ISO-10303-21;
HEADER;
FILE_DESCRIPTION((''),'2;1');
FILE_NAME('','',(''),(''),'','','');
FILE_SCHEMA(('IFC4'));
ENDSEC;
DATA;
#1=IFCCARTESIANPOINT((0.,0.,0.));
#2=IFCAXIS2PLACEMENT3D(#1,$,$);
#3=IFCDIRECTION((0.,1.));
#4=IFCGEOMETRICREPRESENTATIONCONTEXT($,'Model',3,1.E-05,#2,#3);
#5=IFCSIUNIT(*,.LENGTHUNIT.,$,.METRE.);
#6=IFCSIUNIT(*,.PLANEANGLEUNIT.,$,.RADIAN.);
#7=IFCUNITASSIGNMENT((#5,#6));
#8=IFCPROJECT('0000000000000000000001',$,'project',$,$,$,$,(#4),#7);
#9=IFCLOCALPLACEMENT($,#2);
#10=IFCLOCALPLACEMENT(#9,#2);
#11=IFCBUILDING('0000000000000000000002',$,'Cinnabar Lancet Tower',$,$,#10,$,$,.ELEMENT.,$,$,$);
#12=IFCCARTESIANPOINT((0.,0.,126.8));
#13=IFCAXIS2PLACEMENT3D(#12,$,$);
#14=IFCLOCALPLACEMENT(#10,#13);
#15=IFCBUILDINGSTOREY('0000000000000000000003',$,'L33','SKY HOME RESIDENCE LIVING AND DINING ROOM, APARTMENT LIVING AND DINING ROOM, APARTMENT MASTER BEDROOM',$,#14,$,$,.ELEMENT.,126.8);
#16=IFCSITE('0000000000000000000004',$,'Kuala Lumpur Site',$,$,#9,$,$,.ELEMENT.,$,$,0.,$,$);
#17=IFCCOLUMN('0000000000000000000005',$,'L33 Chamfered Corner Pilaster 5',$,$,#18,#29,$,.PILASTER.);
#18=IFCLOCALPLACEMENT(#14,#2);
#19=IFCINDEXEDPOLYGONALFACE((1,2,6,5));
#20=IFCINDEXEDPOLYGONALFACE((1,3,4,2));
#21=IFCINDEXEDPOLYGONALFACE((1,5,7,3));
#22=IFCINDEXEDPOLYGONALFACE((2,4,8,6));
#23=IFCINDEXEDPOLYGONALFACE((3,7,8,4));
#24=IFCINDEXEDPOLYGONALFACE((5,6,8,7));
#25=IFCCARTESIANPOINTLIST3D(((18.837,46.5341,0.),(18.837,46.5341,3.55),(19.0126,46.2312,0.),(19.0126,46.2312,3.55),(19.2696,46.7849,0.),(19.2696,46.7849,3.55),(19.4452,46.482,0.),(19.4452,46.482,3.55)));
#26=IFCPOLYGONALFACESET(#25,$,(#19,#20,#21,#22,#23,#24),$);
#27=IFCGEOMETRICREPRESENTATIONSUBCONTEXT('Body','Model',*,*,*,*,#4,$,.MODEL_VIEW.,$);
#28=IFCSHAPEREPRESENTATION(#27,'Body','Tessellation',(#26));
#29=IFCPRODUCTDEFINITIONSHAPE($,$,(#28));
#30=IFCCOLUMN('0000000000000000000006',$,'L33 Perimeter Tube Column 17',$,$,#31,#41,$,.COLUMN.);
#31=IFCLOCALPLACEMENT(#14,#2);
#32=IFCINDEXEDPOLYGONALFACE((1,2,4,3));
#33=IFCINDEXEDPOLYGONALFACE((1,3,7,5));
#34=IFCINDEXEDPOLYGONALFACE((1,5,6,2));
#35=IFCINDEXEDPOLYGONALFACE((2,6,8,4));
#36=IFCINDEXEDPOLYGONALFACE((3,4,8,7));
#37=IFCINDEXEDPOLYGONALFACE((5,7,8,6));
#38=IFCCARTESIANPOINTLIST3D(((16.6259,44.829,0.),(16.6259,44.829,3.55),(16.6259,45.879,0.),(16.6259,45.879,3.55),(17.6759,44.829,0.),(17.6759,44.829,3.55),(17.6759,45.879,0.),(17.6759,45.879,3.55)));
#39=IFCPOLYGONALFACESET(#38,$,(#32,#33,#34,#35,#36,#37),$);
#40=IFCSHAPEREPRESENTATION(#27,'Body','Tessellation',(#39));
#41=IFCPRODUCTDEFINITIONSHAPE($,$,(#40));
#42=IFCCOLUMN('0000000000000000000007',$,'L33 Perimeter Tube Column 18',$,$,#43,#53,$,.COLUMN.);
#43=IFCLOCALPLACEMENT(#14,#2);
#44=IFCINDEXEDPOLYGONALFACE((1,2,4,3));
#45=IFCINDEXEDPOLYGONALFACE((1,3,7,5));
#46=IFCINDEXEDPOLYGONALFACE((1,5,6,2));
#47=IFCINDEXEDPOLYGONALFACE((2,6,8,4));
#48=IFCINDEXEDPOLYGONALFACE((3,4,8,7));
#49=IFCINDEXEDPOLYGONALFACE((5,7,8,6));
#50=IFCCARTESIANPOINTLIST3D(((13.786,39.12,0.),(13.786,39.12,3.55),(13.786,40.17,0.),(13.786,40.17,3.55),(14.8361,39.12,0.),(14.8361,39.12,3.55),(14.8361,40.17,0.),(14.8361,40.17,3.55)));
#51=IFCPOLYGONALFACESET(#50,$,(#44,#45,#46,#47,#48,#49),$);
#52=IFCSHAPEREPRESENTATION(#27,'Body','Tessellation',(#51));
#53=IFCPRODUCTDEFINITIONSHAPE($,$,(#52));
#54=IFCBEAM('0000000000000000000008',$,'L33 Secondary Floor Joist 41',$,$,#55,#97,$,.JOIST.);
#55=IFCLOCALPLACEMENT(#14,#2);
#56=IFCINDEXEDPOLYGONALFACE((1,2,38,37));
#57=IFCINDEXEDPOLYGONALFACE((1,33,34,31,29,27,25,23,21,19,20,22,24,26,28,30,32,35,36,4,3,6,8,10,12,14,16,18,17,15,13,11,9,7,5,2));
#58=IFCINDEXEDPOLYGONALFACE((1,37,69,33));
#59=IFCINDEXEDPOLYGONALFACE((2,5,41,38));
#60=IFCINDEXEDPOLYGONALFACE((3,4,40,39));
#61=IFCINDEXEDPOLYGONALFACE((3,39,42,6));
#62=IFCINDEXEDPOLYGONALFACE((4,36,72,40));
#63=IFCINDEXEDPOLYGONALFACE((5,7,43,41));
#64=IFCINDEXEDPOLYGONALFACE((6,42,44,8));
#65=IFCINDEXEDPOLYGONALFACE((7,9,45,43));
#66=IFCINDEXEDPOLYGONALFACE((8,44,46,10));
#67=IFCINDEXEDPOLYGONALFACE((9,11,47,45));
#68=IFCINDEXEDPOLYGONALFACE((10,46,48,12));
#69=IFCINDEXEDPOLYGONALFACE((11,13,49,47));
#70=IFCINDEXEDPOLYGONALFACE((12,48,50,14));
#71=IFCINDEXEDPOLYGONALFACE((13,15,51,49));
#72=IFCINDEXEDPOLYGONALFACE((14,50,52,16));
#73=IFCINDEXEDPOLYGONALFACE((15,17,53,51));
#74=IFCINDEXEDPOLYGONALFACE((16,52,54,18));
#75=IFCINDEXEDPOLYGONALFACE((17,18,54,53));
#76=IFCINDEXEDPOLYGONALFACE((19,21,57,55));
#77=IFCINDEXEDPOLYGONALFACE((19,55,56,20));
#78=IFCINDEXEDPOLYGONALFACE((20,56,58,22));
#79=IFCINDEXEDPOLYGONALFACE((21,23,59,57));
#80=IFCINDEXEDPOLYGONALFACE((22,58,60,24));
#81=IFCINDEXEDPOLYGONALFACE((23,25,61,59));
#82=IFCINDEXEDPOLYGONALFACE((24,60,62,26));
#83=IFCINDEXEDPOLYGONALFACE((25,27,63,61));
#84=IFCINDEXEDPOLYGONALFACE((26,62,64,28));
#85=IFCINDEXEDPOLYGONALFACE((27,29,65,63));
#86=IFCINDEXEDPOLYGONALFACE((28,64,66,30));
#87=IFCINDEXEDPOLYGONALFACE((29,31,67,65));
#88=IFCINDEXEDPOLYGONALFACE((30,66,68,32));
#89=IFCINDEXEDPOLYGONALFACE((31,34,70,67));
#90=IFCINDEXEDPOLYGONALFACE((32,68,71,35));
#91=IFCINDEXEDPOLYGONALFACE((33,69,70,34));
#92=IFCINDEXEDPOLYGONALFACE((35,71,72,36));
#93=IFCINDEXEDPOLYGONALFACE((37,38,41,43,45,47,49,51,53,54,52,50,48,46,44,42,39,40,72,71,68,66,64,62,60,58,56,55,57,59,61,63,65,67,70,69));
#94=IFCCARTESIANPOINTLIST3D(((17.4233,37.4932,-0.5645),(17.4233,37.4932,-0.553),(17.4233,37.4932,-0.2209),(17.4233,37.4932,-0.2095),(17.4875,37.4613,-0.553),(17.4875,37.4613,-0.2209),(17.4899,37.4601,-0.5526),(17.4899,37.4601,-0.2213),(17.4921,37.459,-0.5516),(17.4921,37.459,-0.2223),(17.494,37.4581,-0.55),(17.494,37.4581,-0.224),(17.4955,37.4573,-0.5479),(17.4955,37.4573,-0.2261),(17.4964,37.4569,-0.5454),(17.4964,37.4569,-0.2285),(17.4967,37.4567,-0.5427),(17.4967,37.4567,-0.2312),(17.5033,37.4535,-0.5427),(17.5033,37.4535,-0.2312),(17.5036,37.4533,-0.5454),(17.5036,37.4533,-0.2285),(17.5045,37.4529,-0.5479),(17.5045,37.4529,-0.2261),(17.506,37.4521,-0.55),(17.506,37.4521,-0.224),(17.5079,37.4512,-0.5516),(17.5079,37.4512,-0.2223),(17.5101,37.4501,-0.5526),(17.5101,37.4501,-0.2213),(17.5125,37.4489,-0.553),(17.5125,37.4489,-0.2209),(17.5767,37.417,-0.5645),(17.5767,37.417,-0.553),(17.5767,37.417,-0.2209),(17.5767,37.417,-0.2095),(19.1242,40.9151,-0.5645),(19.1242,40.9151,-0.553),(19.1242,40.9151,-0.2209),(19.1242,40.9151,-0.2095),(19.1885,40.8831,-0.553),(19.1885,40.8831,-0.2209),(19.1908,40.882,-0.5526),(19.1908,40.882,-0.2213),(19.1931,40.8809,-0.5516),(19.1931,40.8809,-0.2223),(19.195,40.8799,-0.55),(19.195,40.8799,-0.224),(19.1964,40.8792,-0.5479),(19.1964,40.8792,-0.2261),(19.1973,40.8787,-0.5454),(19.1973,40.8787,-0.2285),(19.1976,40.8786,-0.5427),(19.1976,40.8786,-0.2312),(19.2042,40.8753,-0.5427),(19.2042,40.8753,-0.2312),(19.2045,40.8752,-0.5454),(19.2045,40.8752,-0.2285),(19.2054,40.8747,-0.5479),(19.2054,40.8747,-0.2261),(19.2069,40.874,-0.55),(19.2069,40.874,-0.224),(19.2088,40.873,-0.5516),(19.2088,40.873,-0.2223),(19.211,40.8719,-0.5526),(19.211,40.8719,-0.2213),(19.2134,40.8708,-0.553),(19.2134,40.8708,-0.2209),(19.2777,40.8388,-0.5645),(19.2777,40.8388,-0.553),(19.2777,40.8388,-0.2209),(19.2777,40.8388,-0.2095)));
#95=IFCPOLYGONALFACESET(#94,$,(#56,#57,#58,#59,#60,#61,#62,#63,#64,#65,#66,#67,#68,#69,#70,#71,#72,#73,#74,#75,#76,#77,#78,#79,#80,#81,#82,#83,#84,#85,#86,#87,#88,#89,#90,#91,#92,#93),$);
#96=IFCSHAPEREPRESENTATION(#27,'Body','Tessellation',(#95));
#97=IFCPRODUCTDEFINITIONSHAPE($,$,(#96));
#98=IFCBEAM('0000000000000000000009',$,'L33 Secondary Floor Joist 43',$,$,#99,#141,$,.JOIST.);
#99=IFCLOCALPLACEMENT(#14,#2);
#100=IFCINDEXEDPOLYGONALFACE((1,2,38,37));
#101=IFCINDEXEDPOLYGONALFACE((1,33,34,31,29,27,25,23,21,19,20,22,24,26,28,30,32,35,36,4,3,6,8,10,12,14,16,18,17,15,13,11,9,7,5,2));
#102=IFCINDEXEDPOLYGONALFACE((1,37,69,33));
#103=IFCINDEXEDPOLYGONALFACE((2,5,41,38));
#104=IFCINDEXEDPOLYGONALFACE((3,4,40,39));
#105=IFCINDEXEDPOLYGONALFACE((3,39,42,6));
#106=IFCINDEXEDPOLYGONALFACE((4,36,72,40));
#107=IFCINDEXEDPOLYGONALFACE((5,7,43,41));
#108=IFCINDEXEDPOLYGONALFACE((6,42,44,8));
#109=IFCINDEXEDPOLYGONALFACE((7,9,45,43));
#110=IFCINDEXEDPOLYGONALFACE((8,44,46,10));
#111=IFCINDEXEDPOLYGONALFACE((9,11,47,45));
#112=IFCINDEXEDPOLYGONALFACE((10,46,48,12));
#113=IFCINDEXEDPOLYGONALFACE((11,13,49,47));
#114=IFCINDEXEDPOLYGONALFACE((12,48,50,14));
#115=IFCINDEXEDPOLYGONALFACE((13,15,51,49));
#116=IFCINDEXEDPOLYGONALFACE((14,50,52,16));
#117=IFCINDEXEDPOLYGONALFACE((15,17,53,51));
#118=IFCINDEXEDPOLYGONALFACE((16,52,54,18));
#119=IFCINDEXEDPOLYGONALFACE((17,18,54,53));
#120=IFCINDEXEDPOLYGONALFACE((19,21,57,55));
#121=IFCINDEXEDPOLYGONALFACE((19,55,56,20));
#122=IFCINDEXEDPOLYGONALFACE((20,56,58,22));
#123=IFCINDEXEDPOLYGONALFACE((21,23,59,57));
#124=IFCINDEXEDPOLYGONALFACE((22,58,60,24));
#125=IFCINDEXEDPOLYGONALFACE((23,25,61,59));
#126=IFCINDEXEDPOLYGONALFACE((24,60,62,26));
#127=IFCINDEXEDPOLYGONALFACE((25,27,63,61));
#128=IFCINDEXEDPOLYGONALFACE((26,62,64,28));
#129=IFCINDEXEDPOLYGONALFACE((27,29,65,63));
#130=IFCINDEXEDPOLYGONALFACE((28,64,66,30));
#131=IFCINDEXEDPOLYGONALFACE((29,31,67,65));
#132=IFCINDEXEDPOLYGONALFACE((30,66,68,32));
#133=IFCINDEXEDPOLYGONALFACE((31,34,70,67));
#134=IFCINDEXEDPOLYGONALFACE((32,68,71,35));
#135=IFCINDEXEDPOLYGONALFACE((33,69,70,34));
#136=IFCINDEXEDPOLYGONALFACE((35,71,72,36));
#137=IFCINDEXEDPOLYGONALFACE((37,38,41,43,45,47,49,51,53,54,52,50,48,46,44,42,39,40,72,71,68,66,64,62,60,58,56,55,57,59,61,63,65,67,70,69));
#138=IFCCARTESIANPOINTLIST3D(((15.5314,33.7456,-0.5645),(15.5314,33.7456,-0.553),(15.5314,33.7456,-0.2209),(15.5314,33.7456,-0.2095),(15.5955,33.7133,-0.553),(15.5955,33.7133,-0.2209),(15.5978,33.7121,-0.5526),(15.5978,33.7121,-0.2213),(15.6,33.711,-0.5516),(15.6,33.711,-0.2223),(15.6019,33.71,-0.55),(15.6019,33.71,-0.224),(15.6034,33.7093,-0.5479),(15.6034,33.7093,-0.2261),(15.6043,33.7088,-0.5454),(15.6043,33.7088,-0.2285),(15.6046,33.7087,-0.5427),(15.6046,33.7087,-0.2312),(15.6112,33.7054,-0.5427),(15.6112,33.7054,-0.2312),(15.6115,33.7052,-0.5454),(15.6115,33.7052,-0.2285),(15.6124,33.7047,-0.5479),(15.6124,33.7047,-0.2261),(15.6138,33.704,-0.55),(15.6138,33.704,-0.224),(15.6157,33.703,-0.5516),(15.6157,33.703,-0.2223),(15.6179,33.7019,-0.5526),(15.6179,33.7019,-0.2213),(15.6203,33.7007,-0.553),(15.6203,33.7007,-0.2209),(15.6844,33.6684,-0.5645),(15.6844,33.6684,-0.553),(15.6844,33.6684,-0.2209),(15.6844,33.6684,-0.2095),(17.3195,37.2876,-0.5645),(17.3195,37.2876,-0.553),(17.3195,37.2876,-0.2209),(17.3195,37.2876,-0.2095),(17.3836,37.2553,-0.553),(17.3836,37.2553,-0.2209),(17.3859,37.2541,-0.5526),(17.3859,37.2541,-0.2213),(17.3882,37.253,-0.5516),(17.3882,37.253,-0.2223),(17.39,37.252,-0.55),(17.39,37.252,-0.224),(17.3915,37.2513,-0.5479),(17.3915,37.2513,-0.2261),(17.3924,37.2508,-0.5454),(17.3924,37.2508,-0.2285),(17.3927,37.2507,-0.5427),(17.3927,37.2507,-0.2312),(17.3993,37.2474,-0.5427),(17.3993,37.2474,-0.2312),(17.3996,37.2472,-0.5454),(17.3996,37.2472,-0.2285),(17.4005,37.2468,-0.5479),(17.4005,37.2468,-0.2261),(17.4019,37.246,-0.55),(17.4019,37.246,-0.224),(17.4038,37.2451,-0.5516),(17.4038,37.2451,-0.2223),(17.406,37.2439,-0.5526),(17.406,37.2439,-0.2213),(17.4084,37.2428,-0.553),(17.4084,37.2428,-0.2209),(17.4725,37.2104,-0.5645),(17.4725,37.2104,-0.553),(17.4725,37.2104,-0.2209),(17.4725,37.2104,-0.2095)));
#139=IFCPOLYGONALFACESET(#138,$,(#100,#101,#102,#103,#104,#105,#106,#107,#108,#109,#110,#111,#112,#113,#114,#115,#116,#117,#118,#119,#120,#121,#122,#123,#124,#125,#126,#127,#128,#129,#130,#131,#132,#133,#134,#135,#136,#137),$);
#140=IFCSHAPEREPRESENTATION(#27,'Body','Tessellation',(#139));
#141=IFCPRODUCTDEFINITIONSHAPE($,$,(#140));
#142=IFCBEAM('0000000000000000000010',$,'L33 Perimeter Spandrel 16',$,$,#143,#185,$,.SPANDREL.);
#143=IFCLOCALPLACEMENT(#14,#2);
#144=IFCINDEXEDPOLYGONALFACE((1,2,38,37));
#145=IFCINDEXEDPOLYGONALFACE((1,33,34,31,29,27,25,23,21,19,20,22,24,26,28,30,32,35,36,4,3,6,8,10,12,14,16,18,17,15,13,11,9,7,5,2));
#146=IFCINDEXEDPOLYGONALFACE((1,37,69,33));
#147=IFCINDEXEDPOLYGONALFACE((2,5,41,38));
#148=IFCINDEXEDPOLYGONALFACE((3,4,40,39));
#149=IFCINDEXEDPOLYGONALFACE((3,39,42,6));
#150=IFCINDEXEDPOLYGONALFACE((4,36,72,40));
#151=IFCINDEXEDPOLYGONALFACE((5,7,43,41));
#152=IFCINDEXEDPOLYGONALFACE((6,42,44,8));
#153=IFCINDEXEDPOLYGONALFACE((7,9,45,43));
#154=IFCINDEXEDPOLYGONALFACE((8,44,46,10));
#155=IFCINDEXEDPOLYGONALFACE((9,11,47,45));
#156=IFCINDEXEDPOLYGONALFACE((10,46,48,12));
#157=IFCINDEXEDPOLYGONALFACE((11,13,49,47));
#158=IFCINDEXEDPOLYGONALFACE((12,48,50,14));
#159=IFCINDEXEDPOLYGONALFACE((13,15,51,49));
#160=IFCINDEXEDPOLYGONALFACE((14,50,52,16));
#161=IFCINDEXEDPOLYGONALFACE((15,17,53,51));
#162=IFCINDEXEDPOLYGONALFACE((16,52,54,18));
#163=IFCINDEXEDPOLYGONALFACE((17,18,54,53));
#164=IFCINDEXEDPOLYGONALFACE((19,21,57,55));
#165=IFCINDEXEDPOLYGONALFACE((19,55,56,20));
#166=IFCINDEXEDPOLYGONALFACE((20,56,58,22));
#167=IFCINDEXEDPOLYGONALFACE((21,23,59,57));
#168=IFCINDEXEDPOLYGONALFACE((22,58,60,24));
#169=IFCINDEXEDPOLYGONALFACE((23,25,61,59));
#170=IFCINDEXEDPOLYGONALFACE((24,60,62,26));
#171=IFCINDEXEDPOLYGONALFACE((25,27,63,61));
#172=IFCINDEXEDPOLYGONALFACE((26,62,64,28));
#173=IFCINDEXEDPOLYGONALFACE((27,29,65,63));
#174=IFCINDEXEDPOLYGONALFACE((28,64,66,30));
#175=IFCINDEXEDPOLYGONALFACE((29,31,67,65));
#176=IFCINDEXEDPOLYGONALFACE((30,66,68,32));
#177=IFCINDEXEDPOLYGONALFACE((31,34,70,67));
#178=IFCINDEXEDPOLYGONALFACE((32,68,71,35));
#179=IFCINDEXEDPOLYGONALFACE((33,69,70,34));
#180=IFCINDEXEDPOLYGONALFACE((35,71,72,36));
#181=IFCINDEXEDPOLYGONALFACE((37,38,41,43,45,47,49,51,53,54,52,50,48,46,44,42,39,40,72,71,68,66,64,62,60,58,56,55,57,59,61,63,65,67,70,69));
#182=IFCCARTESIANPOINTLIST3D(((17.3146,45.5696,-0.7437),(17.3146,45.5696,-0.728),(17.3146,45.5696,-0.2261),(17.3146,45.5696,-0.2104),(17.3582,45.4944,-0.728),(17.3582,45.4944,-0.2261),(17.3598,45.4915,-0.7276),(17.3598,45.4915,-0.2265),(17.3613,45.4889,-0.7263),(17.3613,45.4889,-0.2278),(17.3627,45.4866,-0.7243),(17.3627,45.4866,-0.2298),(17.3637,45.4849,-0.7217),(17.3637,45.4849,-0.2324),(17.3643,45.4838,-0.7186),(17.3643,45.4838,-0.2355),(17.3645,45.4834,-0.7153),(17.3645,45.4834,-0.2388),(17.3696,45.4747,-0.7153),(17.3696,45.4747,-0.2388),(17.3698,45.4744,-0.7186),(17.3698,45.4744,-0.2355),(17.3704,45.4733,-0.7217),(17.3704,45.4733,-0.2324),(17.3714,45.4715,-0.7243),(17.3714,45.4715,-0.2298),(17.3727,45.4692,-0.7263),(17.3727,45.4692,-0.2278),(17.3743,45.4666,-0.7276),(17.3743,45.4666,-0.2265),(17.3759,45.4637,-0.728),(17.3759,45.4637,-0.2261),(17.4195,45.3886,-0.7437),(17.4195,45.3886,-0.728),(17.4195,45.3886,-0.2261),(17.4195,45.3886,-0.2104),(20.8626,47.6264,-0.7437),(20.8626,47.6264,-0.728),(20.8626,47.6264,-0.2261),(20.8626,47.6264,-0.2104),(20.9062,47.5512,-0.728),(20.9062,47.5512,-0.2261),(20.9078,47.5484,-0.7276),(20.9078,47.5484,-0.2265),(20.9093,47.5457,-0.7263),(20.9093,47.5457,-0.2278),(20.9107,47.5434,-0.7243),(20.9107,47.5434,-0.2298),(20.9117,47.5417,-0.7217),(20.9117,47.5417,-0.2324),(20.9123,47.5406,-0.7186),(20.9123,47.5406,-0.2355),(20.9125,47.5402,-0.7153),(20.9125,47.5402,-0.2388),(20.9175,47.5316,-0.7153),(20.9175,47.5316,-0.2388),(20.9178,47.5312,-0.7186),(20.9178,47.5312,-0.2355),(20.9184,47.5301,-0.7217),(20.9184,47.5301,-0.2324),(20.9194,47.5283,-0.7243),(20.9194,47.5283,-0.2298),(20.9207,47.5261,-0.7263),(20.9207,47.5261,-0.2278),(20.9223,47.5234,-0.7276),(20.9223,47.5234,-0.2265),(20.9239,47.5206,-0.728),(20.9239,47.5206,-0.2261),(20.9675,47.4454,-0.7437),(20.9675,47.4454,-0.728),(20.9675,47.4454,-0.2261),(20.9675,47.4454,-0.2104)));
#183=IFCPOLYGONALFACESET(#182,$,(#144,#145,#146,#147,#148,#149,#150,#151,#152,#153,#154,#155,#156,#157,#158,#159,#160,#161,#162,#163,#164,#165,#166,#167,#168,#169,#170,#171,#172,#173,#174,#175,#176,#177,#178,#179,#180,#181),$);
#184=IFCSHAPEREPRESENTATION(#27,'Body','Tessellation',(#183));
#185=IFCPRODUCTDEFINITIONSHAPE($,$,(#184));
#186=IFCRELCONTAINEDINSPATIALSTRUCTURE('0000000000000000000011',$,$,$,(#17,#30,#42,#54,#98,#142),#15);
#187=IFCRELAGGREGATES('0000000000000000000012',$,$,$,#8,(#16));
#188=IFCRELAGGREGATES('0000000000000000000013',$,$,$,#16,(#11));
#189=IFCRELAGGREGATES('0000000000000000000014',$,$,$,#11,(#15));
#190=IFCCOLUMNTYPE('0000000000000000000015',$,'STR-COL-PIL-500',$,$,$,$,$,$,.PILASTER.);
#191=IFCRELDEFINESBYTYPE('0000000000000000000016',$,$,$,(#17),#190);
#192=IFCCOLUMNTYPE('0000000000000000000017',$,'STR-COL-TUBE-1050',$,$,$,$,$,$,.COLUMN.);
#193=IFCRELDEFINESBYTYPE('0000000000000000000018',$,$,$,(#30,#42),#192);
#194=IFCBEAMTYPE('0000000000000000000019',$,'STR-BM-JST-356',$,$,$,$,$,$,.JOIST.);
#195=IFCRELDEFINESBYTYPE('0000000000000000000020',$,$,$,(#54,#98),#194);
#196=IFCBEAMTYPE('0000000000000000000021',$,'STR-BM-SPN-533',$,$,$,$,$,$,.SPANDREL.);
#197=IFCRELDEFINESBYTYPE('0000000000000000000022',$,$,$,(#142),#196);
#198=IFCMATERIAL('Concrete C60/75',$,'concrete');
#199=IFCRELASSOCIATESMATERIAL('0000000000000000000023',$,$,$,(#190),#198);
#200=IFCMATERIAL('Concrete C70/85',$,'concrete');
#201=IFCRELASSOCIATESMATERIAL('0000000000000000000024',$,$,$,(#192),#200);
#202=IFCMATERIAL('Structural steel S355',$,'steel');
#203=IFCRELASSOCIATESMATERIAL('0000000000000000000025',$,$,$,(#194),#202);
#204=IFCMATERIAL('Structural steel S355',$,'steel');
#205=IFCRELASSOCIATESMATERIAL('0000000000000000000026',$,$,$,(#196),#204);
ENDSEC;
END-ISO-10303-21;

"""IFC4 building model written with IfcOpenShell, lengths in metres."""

from ifc_helpers import new_model, si_unit, direction, frame, origin, origin_2d, place, context, subcontext, project, spatial, rectangle, i_section, extrude, material, material_profile, profile_set, type_object, element, save


model = new_model("IFC4")

# Units and contexts
model_context = context("Model", 3, precision=1e-05, world=origin(), true_north=direction((0.0, 1.0)))
body_context = subcontext(model_context, "Body", "Model", "MODEL_VIEW")
ifc_project = project(units=[si_unit("LENGTHUNIT", "METRE"), si_unit("PLANEANGLEUNIT", "RADIAN")], contexts=[model_context])

# Site, building, storey
site_placement = place(None, origin())
site = spatial("IfcSite", under=ifc_project, at=site_placement, Name="Kuala Lumpur Site", CompositionType="ELEMENT", RefElevation=0.0)
building_placement = place(site_placement, origin())
building = spatial("IfcBuilding", under=site, at=building_placement, Name="Cinnabar Lancet Tower", CompositionType="ELEMENT")
storey_placement = place(building_placement, frame((0.0, 0.0, 126.8)))
storey = spatial("IfcBuildingStorey", under=building, at=storey_placement, Name="L33", Description="SKY HOME RESIDENCE LIVING AND DINING ROOM, APARTMENT LIVING AND DINING ROOM, APARTMENT MASTER BEDROOM", CompositionType="ELEMENT", Elevation=126.8)

# Columns
ifc_material_1 = material(Name="Concrete C60/75", Category="concrete")
ifc_material_profile_1 = material_profile(ifc_material_1, rectangle(XDim=0.5, YDim=0.3501, at=origin_2d()), Name="RC-PIL 500x350")
ifc_profile_set_1 = profile_set([ifc_material_profile_1], Name="Concrete C60/75")
column_type_1 = type_object("IfcColumnType", Name="STR-COL-PIL-500", PredefinedType="PILASTER", material=ifc_profile_set_1)
column_placement = place(storey_placement, frame((19.1411, 46.5081, 0.0), z_axis=(0.0, 0.0, 1.0), x_axis=(-0.86516, -0.501496, 0.0)))
element("IfcColumn", 1, at=column_placement, inside=storey, type_object=column_type_1, Name="L33 Chamfered Corner Pilaster 5", PredefinedType="PILASTER", context=body_context, shape_type="SweptSolid", body=[
    extrude(rectangle(XDim=0.5, YDim=0.3501, at=origin_2d()), origin(), (0.0, 0.0, 1.0), 3.55),
])
ifc_material_2 = material(Name="Concrete C70/85", Category="concrete")
ifc_material_profile_2 = material_profile(ifc_material_2, rectangle(XDim=1.05, YDim=1.05, at=origin_2d()), Name="RC-COL 1050x1050")
ifc_profile_set_2 = profile_set([ifc_material_profile_2], Name="Concrete C70/85")
column_type_2 = type_object("IfcColumnType", Name="STR-COL-TUBE-1050", PredefinedType="COLUMN", material=ifc_profile_set_2)
for number, where, z_axis, x_axis, name in (
    (2, (17.1509, 45.354, 0.0), (0.0, 0.0, 1.0), (1.0, 0.0, 0.0), "L33 Perimeter Tube Column 17"),
    (3, (14.311, 39.645, 0.0), (0.0, 0.0, 1.0), (1.0, 0.0, 0.0), "L33 Perimeter Tube Column 18"),
):
    element("IfcColumn", number, at=place(storey_placement, frame(where, z_axis=z_axis, x_axis=x_axis)), inside=storey, type_object=column_type_2, Name=name, PredefinedType="COLUMN", context=body_context, shape_type="SweptSolid", body=[
        extrude(rectangle(XDim=1.05, YDim=1.05, at=origin_2d()), origin(), (0.0, 0.0, 1.0), 3.55),
    ])

# Beams
ifc_material_3 = material(Name="Structural steel S355", Category="steel")
ifc_material_profile_3 = material_profile(ifc_material_3, i_section(OverallWidth=0.1714, OverallDepth=0.355, WebThickness=0.0073, FlangeThickness=0.0115, FilletRadius=0.0103, at=origin_2d()), Name="UKB 356x171x51")
ifc_profile_set_3 = profile_set([ifc_material_profile_3], Name="Structural steel S355")
beam_type_1 = type_object("IfcBeamType", Name="STR-BM-JST-356", PredefinedType="JOIST", material=ifc_profile_set_3)
beam_1_placement = place(storey_placement, frame((19.2009, 40.877, -0.387), z_axis=(-0.445117, -0.895473, 0.0), x_axis=(0.895473, -0.445117, 0.0)))
element("IfcBeam", 4, at=beam_1_placement, inside=storey, type_object=beam_type_1, Name="L33 Secondary Floor Joist 41", PredefinedType="JOIST", context=body_context, shape_type="SweptSolid", body=[
    extrude(i_section(OverallWidth=0.1714, OverallDepth=0.355, WebThickness=0.0073, FlangeThickness=0.0115, FilletRadius=0.0103, at=origin_2d()), origin(), (0.0, 0.0, 1.0), 3.8213),
])
beam_2_placement = place(storey_placement, frame((17.396, 37.249, -0.387), z_axis=(-0.450656, -0.892698, 0.0), x_axis=(0.892698, -0.450656, 0.0)))
element("IfcBeam", 5, at=beam_2_placement, inside=storey, type_object=beam_type_1, Name="L33 Secondary Floor Joist 43", PredefinedType="JOIST", context=body_context, shape_type="SweptSolid", body=[
    extrude(i_section(OverallWidth=0.1714, OverallDepth=0.355, WebThickness=0.0073, FlangeThickness=0.0115, FilletRadius=0.0103, at=origin_2d()), origin(), (0.0, 0.0, 1.0), 3.9678),
])
ifc_material_4 = material(Name="Structural steel S355", Category="steel")
ifc_material_profile_4 = material_profile(ifc_material_4, i_section(OverallWidth=0.2092, OverallDepth=0.5332, WebThickness=0.01, FlangeThickness=0.0156, FilletRadius=0.0127, at=origin_2d()), Name="UKB 533x210x92")
ifc_profile_set_4 = profile_set([ifc_material_profile_4], Name="Structural steel S355")
beam_type_2 = type_object("IfcBeamType", Name="STR-BM-SPN-533", PredefinedType="SPANDREL", material=ifc_profile_set_4)
beam_3_placement = place(storey_placement, frame((20.915, 47.5359, -0.4771), z_axis=(-0.865138, -0.501534, 0.0), x_axis=(0.501534, -0.865138, 0.0)))
element("IfcBeam", 6, at=beam_3_placement, inside=storey, type_object=beam_type_2, Name="L33 Perimeter Spandrel 16", PredefinedType="SPANDREL", context=body_context, shape_type="SweptSolid", body=[
    extrude(i_section(OverallWidth=0.2092, OverallDepth=0.5332, WebThickness=0.01, FlangeThickness=0.0156, FilletRadius=0.0127, at=origin_2d()), origin(), (0.0, 0.0, 1.0), 4.1011),
])

save(model, "model.ifc")
